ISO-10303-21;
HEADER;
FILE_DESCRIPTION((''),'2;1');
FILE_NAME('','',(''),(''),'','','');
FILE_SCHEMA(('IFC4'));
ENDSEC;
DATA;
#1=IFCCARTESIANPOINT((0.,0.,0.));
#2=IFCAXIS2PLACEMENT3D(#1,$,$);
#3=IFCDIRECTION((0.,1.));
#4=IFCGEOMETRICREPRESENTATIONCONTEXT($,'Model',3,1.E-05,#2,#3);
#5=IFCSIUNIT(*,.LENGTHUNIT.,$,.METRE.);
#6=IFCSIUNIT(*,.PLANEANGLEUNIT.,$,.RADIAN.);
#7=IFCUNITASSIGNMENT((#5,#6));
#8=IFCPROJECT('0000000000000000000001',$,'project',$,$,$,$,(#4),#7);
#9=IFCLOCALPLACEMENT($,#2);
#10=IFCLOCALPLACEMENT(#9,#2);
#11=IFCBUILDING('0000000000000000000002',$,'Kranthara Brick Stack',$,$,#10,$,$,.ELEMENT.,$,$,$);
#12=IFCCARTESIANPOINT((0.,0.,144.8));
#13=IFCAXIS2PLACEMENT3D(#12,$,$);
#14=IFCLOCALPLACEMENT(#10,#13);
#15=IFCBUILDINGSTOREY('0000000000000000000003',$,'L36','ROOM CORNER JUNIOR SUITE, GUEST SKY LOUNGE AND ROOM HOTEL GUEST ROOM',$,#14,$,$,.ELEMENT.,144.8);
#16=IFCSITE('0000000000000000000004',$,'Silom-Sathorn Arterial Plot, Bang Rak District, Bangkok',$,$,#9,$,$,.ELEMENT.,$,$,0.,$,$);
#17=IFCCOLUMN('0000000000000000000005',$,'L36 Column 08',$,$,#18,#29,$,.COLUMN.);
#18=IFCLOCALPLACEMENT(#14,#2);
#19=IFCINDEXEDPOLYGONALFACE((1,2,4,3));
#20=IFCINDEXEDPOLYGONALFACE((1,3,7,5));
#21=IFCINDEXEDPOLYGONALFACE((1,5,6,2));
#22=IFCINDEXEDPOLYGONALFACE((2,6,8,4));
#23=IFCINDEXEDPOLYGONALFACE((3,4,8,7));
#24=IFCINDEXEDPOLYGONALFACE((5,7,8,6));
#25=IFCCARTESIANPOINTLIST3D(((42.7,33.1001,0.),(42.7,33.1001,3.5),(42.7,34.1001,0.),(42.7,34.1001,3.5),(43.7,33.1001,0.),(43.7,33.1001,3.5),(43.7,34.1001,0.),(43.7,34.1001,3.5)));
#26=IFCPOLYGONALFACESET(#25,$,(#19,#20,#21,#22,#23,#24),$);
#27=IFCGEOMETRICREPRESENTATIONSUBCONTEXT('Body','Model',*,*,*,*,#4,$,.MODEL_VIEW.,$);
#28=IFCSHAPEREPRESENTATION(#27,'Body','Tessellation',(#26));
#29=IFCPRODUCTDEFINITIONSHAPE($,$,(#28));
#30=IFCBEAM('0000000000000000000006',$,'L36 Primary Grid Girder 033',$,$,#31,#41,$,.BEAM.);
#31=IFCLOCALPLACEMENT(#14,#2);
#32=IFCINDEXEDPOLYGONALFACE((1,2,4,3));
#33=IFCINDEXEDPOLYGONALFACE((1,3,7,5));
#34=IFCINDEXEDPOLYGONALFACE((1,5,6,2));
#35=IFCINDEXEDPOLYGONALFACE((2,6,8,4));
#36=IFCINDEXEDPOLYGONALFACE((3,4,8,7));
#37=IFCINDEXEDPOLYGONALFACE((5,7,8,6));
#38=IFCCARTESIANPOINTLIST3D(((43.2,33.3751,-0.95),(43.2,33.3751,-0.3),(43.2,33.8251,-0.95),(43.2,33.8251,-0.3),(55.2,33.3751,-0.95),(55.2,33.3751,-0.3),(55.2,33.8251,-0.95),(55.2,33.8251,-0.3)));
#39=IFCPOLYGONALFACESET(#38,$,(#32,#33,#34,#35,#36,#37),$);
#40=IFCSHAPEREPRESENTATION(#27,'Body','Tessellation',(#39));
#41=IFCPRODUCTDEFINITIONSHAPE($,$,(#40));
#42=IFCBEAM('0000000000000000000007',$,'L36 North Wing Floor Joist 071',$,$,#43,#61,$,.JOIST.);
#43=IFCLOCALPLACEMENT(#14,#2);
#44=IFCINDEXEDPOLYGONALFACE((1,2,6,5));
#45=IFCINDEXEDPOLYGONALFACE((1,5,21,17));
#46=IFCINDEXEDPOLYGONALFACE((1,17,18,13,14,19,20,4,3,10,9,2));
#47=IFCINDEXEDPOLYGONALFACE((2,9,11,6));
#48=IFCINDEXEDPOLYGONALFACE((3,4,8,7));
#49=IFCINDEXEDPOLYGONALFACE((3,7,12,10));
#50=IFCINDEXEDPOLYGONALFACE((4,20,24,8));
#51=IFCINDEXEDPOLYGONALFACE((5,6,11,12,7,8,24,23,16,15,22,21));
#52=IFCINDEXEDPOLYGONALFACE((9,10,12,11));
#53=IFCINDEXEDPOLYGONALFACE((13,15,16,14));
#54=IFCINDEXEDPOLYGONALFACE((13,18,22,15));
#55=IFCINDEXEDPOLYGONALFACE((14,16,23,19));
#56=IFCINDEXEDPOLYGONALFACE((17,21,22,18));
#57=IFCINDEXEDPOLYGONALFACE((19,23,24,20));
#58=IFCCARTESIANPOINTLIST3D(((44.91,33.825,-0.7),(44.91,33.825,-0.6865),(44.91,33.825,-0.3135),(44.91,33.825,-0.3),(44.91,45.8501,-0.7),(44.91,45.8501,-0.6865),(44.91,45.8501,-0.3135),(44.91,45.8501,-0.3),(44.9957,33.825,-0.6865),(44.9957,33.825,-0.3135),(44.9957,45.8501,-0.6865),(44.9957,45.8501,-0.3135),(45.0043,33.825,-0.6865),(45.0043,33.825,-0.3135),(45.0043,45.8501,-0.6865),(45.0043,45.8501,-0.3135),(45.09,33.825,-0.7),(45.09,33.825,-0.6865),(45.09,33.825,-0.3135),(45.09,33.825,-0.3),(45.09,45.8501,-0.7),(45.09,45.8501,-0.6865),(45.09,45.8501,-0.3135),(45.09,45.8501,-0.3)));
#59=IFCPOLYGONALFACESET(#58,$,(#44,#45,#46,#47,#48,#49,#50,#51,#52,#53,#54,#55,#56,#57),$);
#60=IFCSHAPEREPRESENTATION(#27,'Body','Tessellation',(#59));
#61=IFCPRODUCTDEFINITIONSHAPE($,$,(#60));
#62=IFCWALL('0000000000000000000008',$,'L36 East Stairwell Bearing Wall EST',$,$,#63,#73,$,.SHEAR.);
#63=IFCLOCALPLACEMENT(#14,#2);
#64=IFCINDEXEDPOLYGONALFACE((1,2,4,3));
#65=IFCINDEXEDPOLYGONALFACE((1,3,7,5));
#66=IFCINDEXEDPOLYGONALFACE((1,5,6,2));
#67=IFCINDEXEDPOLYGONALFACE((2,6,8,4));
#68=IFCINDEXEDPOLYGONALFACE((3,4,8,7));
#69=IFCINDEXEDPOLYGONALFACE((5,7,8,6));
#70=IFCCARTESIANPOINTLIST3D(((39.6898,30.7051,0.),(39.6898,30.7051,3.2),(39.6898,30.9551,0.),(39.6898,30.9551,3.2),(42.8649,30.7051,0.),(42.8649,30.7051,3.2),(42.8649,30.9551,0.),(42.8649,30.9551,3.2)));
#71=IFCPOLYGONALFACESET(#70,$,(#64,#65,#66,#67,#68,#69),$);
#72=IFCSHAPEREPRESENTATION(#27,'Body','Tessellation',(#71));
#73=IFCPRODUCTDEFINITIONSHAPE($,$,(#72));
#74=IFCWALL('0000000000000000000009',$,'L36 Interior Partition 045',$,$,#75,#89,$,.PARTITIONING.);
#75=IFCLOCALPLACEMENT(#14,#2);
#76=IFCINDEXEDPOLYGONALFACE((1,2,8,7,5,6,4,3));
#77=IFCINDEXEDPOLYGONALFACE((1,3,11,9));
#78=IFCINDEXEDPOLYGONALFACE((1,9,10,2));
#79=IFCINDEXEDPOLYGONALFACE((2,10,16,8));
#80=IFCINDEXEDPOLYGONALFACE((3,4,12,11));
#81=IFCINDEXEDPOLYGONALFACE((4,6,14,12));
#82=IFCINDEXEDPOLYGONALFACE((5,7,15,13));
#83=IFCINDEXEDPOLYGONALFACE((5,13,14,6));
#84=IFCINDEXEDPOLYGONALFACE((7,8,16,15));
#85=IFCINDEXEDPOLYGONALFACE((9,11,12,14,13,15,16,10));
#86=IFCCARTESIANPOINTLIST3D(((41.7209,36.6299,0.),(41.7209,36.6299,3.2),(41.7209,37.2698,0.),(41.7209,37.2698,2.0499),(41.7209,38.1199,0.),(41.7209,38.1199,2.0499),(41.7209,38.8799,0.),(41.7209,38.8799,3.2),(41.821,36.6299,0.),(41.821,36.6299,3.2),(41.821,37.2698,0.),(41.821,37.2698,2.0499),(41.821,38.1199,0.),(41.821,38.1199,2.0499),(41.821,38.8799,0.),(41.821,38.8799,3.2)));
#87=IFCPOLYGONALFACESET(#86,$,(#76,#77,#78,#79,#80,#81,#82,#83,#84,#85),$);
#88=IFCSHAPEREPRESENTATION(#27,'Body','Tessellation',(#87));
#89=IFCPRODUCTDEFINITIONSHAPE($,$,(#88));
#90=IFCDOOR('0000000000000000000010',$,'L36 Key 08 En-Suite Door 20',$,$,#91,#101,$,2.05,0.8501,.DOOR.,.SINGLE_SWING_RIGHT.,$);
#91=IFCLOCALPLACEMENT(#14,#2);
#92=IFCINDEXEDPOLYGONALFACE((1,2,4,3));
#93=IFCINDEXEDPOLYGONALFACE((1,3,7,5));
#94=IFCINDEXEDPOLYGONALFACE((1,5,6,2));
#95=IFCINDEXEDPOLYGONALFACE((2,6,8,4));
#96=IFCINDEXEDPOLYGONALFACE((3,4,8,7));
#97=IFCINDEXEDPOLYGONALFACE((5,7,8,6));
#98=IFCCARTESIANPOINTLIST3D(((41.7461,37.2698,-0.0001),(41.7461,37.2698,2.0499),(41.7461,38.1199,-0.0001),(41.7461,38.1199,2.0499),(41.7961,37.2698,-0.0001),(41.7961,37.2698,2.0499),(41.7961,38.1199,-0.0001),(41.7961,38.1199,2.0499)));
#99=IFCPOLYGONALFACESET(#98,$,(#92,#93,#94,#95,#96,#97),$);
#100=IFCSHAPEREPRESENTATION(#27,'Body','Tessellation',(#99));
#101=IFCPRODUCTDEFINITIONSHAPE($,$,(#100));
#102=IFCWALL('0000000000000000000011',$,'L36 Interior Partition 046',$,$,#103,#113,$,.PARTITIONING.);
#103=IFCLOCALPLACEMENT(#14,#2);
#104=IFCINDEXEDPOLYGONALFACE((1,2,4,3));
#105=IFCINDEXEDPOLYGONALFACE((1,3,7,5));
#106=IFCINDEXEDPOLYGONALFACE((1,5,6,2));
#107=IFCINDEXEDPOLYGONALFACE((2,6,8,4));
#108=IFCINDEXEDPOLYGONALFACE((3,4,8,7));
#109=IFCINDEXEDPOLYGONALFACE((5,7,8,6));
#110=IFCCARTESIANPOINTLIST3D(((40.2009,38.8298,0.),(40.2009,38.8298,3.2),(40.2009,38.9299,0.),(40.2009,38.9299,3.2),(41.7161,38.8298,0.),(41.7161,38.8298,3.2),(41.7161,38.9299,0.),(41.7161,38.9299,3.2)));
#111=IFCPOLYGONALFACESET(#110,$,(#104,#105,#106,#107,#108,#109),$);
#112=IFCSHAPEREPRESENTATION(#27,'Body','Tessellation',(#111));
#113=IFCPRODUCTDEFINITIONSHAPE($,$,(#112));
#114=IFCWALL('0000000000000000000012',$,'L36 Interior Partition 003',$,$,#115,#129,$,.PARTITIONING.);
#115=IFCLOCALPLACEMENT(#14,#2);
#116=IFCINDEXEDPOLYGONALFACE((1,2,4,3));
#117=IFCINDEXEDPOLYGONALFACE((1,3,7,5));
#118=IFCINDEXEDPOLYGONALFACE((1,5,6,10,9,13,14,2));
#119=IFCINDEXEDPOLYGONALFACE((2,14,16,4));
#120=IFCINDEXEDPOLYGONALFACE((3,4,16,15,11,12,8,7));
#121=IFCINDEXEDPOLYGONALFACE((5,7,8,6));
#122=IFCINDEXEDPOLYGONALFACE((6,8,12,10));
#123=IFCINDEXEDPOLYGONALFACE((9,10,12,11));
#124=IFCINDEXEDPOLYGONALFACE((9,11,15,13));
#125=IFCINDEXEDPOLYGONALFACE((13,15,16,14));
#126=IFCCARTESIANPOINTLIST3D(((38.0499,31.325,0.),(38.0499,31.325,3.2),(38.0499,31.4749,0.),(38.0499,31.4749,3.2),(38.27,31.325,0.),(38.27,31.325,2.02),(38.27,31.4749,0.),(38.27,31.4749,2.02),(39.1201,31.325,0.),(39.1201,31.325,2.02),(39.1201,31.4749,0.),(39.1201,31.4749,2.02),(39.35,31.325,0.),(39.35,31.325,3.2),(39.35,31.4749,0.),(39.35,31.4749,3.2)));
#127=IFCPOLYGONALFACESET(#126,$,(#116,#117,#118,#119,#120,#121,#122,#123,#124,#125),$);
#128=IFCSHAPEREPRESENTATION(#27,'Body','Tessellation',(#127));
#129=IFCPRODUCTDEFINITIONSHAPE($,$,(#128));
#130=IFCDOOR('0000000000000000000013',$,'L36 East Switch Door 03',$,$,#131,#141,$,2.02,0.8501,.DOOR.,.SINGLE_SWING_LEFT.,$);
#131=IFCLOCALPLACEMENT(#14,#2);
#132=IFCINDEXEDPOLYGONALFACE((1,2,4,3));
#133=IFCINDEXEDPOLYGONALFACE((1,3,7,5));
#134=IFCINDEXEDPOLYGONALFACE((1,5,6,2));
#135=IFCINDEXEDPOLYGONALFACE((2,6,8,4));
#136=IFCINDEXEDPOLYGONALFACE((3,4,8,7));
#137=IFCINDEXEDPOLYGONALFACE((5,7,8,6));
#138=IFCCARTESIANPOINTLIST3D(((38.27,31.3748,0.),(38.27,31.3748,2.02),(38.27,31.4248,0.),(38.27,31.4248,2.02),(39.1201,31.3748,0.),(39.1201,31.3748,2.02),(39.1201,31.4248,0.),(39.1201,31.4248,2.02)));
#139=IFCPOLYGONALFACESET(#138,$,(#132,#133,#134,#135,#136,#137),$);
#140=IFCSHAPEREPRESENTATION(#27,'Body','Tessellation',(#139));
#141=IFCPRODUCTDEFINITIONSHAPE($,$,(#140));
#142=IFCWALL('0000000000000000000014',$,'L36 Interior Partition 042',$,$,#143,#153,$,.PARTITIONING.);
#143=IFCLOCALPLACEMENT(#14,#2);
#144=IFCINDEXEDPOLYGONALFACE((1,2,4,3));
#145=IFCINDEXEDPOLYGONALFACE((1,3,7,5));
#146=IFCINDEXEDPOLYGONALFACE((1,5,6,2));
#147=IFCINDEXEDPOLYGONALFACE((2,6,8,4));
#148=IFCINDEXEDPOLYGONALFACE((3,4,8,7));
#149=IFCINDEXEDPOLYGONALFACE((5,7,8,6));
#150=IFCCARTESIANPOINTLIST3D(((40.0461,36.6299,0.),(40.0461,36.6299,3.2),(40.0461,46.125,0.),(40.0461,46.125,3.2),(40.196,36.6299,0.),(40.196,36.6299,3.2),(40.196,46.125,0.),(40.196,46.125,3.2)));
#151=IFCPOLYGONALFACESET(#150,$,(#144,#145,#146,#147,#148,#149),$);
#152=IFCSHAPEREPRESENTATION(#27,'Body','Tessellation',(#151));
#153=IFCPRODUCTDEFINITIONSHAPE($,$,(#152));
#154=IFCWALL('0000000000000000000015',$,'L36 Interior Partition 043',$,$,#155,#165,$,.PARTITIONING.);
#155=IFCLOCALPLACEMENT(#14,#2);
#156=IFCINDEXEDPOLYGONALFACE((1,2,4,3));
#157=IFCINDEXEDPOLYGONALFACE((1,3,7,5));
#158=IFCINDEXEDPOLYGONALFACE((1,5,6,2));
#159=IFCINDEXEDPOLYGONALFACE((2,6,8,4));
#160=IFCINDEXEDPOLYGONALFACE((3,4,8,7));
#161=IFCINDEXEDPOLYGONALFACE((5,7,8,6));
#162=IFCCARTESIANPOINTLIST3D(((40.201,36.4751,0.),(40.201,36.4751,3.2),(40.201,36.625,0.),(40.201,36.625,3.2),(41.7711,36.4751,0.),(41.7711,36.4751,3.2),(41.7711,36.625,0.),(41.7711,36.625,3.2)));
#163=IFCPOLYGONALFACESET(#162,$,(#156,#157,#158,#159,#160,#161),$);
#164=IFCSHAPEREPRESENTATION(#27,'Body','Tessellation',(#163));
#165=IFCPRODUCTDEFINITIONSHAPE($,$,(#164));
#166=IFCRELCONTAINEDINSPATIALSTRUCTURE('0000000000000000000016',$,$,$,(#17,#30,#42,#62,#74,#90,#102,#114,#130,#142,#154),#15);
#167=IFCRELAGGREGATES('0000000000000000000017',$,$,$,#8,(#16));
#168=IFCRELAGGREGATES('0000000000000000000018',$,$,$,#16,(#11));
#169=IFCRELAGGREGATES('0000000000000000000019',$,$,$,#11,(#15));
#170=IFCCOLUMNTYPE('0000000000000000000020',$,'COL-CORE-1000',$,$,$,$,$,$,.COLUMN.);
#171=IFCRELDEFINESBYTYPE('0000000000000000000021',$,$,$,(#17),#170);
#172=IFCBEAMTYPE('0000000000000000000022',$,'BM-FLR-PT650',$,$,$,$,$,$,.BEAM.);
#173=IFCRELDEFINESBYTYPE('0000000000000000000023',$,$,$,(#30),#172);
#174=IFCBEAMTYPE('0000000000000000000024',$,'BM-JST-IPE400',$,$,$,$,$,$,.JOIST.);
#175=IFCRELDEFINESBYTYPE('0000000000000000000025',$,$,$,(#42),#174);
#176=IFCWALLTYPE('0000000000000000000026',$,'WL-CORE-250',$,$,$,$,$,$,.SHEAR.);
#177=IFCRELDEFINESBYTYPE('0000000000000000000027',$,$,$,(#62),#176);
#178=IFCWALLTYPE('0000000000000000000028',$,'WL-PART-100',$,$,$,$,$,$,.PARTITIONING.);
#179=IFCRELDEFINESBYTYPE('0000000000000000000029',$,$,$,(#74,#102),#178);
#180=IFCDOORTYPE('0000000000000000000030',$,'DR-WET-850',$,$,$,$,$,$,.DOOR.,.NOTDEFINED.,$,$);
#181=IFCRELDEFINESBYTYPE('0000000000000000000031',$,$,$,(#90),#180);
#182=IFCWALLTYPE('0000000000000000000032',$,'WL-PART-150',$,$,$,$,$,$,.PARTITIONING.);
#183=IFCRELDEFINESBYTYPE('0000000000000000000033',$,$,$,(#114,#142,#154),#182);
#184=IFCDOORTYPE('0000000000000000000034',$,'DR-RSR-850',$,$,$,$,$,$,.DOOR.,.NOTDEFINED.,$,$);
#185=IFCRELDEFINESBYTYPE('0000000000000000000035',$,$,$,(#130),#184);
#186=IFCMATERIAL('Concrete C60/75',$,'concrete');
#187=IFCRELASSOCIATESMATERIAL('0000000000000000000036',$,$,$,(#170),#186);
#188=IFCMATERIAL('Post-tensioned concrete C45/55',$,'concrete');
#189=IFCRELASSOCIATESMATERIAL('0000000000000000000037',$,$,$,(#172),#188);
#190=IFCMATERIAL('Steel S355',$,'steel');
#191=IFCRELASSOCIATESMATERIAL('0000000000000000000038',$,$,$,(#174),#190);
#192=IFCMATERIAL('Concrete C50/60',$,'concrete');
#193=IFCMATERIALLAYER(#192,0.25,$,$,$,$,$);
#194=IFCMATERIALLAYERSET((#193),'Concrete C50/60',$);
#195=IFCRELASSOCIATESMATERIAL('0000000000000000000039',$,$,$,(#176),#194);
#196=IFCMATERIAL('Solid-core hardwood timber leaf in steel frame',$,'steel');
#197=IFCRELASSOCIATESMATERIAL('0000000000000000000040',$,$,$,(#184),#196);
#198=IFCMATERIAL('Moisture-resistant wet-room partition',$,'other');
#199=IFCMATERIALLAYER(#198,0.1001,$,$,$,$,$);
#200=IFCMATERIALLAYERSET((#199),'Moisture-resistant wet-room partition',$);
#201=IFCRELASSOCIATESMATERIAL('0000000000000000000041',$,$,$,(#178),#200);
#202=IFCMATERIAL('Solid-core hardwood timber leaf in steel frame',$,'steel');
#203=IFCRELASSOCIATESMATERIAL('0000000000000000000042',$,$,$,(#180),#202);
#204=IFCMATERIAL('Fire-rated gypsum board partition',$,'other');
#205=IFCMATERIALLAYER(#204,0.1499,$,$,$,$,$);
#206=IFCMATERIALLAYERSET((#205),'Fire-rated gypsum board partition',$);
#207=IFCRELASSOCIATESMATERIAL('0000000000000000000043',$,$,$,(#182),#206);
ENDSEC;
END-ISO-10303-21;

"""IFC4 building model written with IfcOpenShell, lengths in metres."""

from ifc_helpers import new_model, si_unit, direction, frame, frame_2d, origin, origin_2d, place, context, subcontext, project, spatial, rectangle, i_section, extrude, material, layer, layer_set, material_profile, profile_set, type_object, element, fill, save


model = new_model("IFC4")

# Units and contexts
model_context = context("Model", 3, precision=1e-05, world=origin(), true_north=direction((0.0, 1.0)))
body_context = subcontext(model_context, "Body", "Model", "MODEL_VIEW")
ifc_project = project(units=[si_unit("LENGTHUNIT", "METRE"), si_unit("PLANEANGLEUNIT", "RADIAN")], contexts=[model_context])

# Site, building, storey
site_placement = place(None, origin())
site = spatial("IfcSite", under=ifc_project, at=site_placement, Name="Silom-Sathorn Arterial Plot, Bang Rak District, Bangkok", CompositionType="ELEMENT", RefElevation=0.0)
building_placement = place(site_placement, origin())
building = spatial("IfcBuilding", under=site, at=building_placement, Name="Kranthara Brick Stack", CompositionType="ELEMENT")
storey_placement = place(building_placement, frame((0.0, 0.0, 144.8)))
storey = spatial("IfcBuildingStorey", under=building, at=storey_placement, Name="L36", Description="ROOM CORNER JUNIOR SUITE, GUEST SKY LOUNGE AND ROOM HOTEL GUEST ROOM", CompositionType="ELEMENT", Elevation=144.8)

# Column
ifc_material_1 = material(Name="Concrete C60/75", Category="concrete")
ifc_material_profile_1 = material_profile(ifc_material_1, rectangle(XDim=1.0, YDim=1.0, at=origin_2d()), Name="RC 1000x1000")
ifc_profile_set_1 = profile_set([ifc_material_profile_1], Name="Concrete C60/75")
column_type = type_object("IfcColumnType", Name="COL-CORE-1000", PredefinedType="COLUMN", material=ifc_profile_set_1)
column_placement = place(storey_placement, frame((43.2, 33.6001, 0.0), z_axis=(0.0, 0.0, 1.0), x_axis=(1.0, 0.0, 0.0)))
element("IfcColumn", 1, at=column_placement, inside=storey, type_object=column_type, Name="L36 Column 08", PredefinedType="COLUMN", context=body_context, shape_type="SweptSolid", body=[
    extrude(rectangle(XDim=1.0, YDim=1.0, at=origin_2d()), origin(), (0.0, 0.0, 1.0), 3.5),
])

# Beams
ifc_material_2 = material(Name="Post-tensioned concrete C45/55", Category="concrete")
ifc_material_profile_2 = material_profile(ifc_material_2, rectangle(XDim=0.45, YDim=0.6499, at=origin_2d()), Name="PT 450x650")
ifc_profile_set_2 = profile_set([ifc_material_profile_2], Name="Post-tensioned concrete C45/55")
beam_type_1 = type_object("IfcBeamType", Name="BM-FLR-PT650", PredefinedType="BEAM", material=ifc_profile_set_2)
beam_1_placement = place(storey_placement, frame((43.2, 33.6001, -0.625), z_axis=(1.0, 0.0, 0.0), x_axis=(0.0, 1.0, 0.0)))
element("IfcBeam", 2, at=beam_1_placement, inside=storey, type_object=beam_type_1, Name="L36 Primary Grid Girder 033", PredefinedType="BEAM", context=body_context, shape_type="SweptSolid", body=[
    extrude(rectangle(XDim=0.45, YDim=0.6499, at=origin_2d()), origin(), (0.0, 0.0, 1.0), 12.0),
])
ifc_material_3 = material(Name="Steel S355", Category="steel")
ifc_material_profile_3 = material_profile(ifc_material_3, i_section(OverallWidth=0.1799, OverallDepth=0.3999, WebThickness=0.0085, FlangeThickness=0.0134, at=origin_2d()), Name="IPE 400")
ifc_profile_set_3 = profile_set([ifc_material_profile_3], Name="Steel S355")
beam_type_2 = type_object("IfcBeamType", Name="BM-JST-IPE400", PredefinedType="JOIST", material=ifc_profile_set_3)
beam_2_placement = place(storey_placement, frame((45.0, 33.825, -0.5), z_axis=(0.0, 1.0, 0.0), x_axis=(-1.0, 0.0, 0.0)))
element("IfcBeam", 3, at=beam_2_placement, inside=storey, type_object=beam_type_2, Name="L36 North Wing Floor Joist 071", PredefinedType="JOIST", context=body_context, shape_type="SweptSolid", body=[
    extrude(i_section(OverallWidth=0.1799, OverallDepth=0.3999, WebThickness=0.0085, FlangeThickness=0.0134, at=origin_2d()), origin(), (0.0, 0.0, 1.0), 12.0251),
])

# Wall
ifc_material_4 = material(Name="Concrete C50/60", Category="concrete")
ifc_layer_1 = layer(ifc_material_4, 0.25)
ifc_layer_set_1 = layer_set([ifc_layer_1], Name="Concrete C50/60")
wall_type_1 = type_object("IfcWallType", Name="WL-CORE-250", PredefinedType="SHEAR", material=ifc_layer_set_1)
wall_1_placement = place(storey_placement, frame((39.6899, 30.8301, 0.0), z_axis=(0.0, 0.0, 1.0), x_axis=(1.0, 0.0, 0.0)))
element("IfcWall", 4, at=wall_1_placement, inside=storey, type_object=wall_type_1, Name="L36 East Stairwell Bearing Wall EST", PredefinedType="SHEAR", context=body_context, shape_type="SweptSolid", body=[
    extrude(rectangle(XDim=3.175, YDim=0.25, at=frame_2d((1.5874, 0.0))), origin(), (0.0, 0.0, 1.0), 3.2),
])

# Shared definitions
ifc_material_5 = material(Name="Solid-core hardwood timber leaf in steel frame", Category="steel")
door_type_1 = type_object("IfcDoorType", Name="DR-RSR-850", OperationType="NOTDEFINED", PredefinedType="DOOR", material=ifc_material_5)

# Wall, opening, door
ifc_material_6 = material(Name="Moisture-resistant wet-room partition", Category="other")
ifc_layer_2 = layer(ifc_material_6, 0.1001)
ifc_layer_set_2 = layer_set([ifc_layer_2], Name="Moisture-resistant wet-room partition")
wall_type_2 = type_object("IfcWallType", Name="WL-PART-100", PredefinedType="PARTITIONING", material=ifc_layer_set_2)
wall_2_placement = place(storey_placement, frame((41.771, 36.6299, 0.0), z_axis=(0.0, 0.0, 1.0), x_axis=(0.0, 1.0, 0.0)))
wall_2 = element("IfcWall", 5, at=wall_2_placement, inside=storey, type_object=wall_type_2, Name="L36 Interior Partition 045", PredefinedType="PARTITIONING", context=body_context, shape_type="SweptSolid", body=[
    extrude(rectangle(XDim=2.25, YDim=0.1001, at=frame_2d((1.125, 0.0))), origin(), (0.0, 0.0, 1.0), 3.2),
])
opening_1_placement = place(wall_2_placement, frame((0.6399, 0.0, 0.0)))
opening_1 = element("IfcOpeningElement", 6, at=opening_1_placement, cuts=wall_2, PredefinedType="OPENING", context=body_context, shape_type="SweptSolid", body=[
    extrude(rectangle(XDim=0.8501, YDim=2.05, at=frame_2d((0.425, 1.0249))), frame((0.0, 0.0601, 0.0), z_axis=(0.0, -1.0, 0.0), x_axis=(1.0, 0.0, 0.0)), (0.0, 0.0, 1.0), 0.1201),
])
ifc_material_7 = material(Name="Solid-core hardwood timber leaf in steel frame", Category="steel")
door_type_2 = type_object("IfcDoorType", Name="DR-WET-850", OperationType="NOTDEFINED", PredefinedType="DOOR", material=ifc_material_7)
door_1_placement = place(opening_1_placement, origin())
door_1 = element("IfcDoor", 7, at=door_1_placement, inside=storey, type_object=door_type_2, Name="L36 Key 08 En-Suite Door 20", OperationType="SINGLE_SWING_RIGHT", OverallHeight=2.05, OverallWidth=0.8501, PredefinedType="DOOR", context=body_context, shape_type="SweptSolid", body=[
    extrude(rectangle(XDim=0.8501, YDim=2.05, at=frame_2d((0.425, 1.0249))), frame((0.0, 0.0249, 0.0), z_axis=(0.0, -1.0, 0.0), x_axis=(1.0, 0.0, 0.0)), (0.0, 0.0, 1.0), 0.05),
])
fill(opening_1, door_1)

# Wall
wall_3_placement = place(storey_placement, frame((40.2009, 38.8799, 0.0), z_axis=(0.0, 0.0, 1.0), x_axis=(1.0, 0.0, 0.0)))
element("IfcWall", 8, at=wall_3_placement, inside=storey, type_object=wall_type_2, Name="L36 Interior Partition 046", PredefinedType="PARTITIONING", context=body_context, shape_type="SweptSolid", body=[
    extrude(rectangle(XDim=1.5151, YDim=0.1001, at=frame_2d((0.7576, 0.0))), origin(), (0.0, 0.0, 1.0), 3.2),
])

# Wall, opening, door
ifc_material_8 = material(Name="Fire-rated gypsum board partition", Category="other")
ifc_layer_3 = layer(ifc_material_8, 0.1499)
ifc_layer_set_3 = layer_set([ifc_layer_3], Name="Fire-rated gypsum board partition")
wall_type_3 = type_object("IfcWallType", Name="WL-PART-150", PredefinedType="PARTITIONING", material=ifc_layer_set_3)
wall_4_placement = place(storey_placement, frame((38.05, 31.3999, 0.0), z_axis=(0.0, 0.0, 1.0), x_axis=(1.0, 0.0, 0.0)))
wall_4 = element("IfcWall", 9, at=wall_4_placement, inside=storey, type_object=wall_type_3, Name="L36 Interior Partition 003", PredefinedType="PARTITIONING", context=body_context, shape_type="SweptSolid", body=[
    extrude(rectangle(XDim=1.3, YDim=0.1499, at=frame_2d((0.6499, 0.0))), origin(), (0.0, 0.0, 1.0), 3.2),
])
opening_2_placement = place(wall_4_placement, frame((0.22, 0.0, 0.0)))
opening_2 = element("IfcOpeningElement", 10, at=opening_2_placement, cuts=wall_4, PredefinedType="OPENING", context=body_context, shape_type="SweptSolid", body=[
    extrude(rectangle(XDim=0.8501, YDim=2.02, at=frame_2d((0.425, 1.01))), frame((0.0, 0.085, 0.0), z_axis=(0.0, -1.0, 0.0), x_axis=(1.0, 0.0, 0.0)), (0.0, 0.0, 1.0), 0.1699),
])
door_2_placement = place(opening_2_placement, origin())
door_2 = element("IfcDoor", 11, at=door_2_placement, inside=storey, type_object=door_type_1, Name="L36 East Switch Door 03", OperationType="SINGLE_SWING_LEFT", OverallHeight=2.02, OverallWidth=0.8501, PredefinedType="DOOR", context=body_context, shape_type="SweptSolid", body=[
    extrude(rectangle(XDim=0.8501, YDim=2.02, at=frame_2d((0.425, 1.01))), frame((0.0, 0.0249, 0.0), z_axis=(0.0, -1.0, 0.0), x_axis=(1.0, 0.0, 0.0)), (0.0, 0.0, 1.0), 0.05),
])
fill(opening_2, door_2)

# Walls
wall_5_placement = place(storey_placement, frame((40.1211, 36.6299, 0.0), z_axis=(0.0, 0.0, 1.0), x_axis=(0.0, 1.0, 0.0)))
element("IfcWall", 12, at=wall_5_placement, inside=storey, type_object=wall_type_3, Name="L36 Interior Partition 042", PredefinedType="PARTITIONING", context=body_context, shape_type="SweptSolid", body=[
    extrude(rectangle(XDim=9.4951, YDim=0.1499, at=frame_2d((4.7476, 0.0))), origin(), (0.0, 0.0, 1.0), 3.2),
])
wall_6_placement = place(storey_placement, frame((40.2009, 36.55, 0.0), z_axis=(0.0, 0.0, 1.0), x_axis=(1.0, 0.0, 0.0)))
element("IfcWall", 13, at=wall_6_placement, inside=storey, type_object=wall_type_3, Name="L36 Interior Partition 043", PredefinedType="PARTITIONING", context=body_context, shape_type="SweptSolid", body=[
    extrude(rectangle(XDim=1.5701, YDim=0.1499, at=frame_2d((0.7852, 0.0))), origin(), (0.0, 0.0, 1.0), 3.2),
])

save(model, "model.ifc")
